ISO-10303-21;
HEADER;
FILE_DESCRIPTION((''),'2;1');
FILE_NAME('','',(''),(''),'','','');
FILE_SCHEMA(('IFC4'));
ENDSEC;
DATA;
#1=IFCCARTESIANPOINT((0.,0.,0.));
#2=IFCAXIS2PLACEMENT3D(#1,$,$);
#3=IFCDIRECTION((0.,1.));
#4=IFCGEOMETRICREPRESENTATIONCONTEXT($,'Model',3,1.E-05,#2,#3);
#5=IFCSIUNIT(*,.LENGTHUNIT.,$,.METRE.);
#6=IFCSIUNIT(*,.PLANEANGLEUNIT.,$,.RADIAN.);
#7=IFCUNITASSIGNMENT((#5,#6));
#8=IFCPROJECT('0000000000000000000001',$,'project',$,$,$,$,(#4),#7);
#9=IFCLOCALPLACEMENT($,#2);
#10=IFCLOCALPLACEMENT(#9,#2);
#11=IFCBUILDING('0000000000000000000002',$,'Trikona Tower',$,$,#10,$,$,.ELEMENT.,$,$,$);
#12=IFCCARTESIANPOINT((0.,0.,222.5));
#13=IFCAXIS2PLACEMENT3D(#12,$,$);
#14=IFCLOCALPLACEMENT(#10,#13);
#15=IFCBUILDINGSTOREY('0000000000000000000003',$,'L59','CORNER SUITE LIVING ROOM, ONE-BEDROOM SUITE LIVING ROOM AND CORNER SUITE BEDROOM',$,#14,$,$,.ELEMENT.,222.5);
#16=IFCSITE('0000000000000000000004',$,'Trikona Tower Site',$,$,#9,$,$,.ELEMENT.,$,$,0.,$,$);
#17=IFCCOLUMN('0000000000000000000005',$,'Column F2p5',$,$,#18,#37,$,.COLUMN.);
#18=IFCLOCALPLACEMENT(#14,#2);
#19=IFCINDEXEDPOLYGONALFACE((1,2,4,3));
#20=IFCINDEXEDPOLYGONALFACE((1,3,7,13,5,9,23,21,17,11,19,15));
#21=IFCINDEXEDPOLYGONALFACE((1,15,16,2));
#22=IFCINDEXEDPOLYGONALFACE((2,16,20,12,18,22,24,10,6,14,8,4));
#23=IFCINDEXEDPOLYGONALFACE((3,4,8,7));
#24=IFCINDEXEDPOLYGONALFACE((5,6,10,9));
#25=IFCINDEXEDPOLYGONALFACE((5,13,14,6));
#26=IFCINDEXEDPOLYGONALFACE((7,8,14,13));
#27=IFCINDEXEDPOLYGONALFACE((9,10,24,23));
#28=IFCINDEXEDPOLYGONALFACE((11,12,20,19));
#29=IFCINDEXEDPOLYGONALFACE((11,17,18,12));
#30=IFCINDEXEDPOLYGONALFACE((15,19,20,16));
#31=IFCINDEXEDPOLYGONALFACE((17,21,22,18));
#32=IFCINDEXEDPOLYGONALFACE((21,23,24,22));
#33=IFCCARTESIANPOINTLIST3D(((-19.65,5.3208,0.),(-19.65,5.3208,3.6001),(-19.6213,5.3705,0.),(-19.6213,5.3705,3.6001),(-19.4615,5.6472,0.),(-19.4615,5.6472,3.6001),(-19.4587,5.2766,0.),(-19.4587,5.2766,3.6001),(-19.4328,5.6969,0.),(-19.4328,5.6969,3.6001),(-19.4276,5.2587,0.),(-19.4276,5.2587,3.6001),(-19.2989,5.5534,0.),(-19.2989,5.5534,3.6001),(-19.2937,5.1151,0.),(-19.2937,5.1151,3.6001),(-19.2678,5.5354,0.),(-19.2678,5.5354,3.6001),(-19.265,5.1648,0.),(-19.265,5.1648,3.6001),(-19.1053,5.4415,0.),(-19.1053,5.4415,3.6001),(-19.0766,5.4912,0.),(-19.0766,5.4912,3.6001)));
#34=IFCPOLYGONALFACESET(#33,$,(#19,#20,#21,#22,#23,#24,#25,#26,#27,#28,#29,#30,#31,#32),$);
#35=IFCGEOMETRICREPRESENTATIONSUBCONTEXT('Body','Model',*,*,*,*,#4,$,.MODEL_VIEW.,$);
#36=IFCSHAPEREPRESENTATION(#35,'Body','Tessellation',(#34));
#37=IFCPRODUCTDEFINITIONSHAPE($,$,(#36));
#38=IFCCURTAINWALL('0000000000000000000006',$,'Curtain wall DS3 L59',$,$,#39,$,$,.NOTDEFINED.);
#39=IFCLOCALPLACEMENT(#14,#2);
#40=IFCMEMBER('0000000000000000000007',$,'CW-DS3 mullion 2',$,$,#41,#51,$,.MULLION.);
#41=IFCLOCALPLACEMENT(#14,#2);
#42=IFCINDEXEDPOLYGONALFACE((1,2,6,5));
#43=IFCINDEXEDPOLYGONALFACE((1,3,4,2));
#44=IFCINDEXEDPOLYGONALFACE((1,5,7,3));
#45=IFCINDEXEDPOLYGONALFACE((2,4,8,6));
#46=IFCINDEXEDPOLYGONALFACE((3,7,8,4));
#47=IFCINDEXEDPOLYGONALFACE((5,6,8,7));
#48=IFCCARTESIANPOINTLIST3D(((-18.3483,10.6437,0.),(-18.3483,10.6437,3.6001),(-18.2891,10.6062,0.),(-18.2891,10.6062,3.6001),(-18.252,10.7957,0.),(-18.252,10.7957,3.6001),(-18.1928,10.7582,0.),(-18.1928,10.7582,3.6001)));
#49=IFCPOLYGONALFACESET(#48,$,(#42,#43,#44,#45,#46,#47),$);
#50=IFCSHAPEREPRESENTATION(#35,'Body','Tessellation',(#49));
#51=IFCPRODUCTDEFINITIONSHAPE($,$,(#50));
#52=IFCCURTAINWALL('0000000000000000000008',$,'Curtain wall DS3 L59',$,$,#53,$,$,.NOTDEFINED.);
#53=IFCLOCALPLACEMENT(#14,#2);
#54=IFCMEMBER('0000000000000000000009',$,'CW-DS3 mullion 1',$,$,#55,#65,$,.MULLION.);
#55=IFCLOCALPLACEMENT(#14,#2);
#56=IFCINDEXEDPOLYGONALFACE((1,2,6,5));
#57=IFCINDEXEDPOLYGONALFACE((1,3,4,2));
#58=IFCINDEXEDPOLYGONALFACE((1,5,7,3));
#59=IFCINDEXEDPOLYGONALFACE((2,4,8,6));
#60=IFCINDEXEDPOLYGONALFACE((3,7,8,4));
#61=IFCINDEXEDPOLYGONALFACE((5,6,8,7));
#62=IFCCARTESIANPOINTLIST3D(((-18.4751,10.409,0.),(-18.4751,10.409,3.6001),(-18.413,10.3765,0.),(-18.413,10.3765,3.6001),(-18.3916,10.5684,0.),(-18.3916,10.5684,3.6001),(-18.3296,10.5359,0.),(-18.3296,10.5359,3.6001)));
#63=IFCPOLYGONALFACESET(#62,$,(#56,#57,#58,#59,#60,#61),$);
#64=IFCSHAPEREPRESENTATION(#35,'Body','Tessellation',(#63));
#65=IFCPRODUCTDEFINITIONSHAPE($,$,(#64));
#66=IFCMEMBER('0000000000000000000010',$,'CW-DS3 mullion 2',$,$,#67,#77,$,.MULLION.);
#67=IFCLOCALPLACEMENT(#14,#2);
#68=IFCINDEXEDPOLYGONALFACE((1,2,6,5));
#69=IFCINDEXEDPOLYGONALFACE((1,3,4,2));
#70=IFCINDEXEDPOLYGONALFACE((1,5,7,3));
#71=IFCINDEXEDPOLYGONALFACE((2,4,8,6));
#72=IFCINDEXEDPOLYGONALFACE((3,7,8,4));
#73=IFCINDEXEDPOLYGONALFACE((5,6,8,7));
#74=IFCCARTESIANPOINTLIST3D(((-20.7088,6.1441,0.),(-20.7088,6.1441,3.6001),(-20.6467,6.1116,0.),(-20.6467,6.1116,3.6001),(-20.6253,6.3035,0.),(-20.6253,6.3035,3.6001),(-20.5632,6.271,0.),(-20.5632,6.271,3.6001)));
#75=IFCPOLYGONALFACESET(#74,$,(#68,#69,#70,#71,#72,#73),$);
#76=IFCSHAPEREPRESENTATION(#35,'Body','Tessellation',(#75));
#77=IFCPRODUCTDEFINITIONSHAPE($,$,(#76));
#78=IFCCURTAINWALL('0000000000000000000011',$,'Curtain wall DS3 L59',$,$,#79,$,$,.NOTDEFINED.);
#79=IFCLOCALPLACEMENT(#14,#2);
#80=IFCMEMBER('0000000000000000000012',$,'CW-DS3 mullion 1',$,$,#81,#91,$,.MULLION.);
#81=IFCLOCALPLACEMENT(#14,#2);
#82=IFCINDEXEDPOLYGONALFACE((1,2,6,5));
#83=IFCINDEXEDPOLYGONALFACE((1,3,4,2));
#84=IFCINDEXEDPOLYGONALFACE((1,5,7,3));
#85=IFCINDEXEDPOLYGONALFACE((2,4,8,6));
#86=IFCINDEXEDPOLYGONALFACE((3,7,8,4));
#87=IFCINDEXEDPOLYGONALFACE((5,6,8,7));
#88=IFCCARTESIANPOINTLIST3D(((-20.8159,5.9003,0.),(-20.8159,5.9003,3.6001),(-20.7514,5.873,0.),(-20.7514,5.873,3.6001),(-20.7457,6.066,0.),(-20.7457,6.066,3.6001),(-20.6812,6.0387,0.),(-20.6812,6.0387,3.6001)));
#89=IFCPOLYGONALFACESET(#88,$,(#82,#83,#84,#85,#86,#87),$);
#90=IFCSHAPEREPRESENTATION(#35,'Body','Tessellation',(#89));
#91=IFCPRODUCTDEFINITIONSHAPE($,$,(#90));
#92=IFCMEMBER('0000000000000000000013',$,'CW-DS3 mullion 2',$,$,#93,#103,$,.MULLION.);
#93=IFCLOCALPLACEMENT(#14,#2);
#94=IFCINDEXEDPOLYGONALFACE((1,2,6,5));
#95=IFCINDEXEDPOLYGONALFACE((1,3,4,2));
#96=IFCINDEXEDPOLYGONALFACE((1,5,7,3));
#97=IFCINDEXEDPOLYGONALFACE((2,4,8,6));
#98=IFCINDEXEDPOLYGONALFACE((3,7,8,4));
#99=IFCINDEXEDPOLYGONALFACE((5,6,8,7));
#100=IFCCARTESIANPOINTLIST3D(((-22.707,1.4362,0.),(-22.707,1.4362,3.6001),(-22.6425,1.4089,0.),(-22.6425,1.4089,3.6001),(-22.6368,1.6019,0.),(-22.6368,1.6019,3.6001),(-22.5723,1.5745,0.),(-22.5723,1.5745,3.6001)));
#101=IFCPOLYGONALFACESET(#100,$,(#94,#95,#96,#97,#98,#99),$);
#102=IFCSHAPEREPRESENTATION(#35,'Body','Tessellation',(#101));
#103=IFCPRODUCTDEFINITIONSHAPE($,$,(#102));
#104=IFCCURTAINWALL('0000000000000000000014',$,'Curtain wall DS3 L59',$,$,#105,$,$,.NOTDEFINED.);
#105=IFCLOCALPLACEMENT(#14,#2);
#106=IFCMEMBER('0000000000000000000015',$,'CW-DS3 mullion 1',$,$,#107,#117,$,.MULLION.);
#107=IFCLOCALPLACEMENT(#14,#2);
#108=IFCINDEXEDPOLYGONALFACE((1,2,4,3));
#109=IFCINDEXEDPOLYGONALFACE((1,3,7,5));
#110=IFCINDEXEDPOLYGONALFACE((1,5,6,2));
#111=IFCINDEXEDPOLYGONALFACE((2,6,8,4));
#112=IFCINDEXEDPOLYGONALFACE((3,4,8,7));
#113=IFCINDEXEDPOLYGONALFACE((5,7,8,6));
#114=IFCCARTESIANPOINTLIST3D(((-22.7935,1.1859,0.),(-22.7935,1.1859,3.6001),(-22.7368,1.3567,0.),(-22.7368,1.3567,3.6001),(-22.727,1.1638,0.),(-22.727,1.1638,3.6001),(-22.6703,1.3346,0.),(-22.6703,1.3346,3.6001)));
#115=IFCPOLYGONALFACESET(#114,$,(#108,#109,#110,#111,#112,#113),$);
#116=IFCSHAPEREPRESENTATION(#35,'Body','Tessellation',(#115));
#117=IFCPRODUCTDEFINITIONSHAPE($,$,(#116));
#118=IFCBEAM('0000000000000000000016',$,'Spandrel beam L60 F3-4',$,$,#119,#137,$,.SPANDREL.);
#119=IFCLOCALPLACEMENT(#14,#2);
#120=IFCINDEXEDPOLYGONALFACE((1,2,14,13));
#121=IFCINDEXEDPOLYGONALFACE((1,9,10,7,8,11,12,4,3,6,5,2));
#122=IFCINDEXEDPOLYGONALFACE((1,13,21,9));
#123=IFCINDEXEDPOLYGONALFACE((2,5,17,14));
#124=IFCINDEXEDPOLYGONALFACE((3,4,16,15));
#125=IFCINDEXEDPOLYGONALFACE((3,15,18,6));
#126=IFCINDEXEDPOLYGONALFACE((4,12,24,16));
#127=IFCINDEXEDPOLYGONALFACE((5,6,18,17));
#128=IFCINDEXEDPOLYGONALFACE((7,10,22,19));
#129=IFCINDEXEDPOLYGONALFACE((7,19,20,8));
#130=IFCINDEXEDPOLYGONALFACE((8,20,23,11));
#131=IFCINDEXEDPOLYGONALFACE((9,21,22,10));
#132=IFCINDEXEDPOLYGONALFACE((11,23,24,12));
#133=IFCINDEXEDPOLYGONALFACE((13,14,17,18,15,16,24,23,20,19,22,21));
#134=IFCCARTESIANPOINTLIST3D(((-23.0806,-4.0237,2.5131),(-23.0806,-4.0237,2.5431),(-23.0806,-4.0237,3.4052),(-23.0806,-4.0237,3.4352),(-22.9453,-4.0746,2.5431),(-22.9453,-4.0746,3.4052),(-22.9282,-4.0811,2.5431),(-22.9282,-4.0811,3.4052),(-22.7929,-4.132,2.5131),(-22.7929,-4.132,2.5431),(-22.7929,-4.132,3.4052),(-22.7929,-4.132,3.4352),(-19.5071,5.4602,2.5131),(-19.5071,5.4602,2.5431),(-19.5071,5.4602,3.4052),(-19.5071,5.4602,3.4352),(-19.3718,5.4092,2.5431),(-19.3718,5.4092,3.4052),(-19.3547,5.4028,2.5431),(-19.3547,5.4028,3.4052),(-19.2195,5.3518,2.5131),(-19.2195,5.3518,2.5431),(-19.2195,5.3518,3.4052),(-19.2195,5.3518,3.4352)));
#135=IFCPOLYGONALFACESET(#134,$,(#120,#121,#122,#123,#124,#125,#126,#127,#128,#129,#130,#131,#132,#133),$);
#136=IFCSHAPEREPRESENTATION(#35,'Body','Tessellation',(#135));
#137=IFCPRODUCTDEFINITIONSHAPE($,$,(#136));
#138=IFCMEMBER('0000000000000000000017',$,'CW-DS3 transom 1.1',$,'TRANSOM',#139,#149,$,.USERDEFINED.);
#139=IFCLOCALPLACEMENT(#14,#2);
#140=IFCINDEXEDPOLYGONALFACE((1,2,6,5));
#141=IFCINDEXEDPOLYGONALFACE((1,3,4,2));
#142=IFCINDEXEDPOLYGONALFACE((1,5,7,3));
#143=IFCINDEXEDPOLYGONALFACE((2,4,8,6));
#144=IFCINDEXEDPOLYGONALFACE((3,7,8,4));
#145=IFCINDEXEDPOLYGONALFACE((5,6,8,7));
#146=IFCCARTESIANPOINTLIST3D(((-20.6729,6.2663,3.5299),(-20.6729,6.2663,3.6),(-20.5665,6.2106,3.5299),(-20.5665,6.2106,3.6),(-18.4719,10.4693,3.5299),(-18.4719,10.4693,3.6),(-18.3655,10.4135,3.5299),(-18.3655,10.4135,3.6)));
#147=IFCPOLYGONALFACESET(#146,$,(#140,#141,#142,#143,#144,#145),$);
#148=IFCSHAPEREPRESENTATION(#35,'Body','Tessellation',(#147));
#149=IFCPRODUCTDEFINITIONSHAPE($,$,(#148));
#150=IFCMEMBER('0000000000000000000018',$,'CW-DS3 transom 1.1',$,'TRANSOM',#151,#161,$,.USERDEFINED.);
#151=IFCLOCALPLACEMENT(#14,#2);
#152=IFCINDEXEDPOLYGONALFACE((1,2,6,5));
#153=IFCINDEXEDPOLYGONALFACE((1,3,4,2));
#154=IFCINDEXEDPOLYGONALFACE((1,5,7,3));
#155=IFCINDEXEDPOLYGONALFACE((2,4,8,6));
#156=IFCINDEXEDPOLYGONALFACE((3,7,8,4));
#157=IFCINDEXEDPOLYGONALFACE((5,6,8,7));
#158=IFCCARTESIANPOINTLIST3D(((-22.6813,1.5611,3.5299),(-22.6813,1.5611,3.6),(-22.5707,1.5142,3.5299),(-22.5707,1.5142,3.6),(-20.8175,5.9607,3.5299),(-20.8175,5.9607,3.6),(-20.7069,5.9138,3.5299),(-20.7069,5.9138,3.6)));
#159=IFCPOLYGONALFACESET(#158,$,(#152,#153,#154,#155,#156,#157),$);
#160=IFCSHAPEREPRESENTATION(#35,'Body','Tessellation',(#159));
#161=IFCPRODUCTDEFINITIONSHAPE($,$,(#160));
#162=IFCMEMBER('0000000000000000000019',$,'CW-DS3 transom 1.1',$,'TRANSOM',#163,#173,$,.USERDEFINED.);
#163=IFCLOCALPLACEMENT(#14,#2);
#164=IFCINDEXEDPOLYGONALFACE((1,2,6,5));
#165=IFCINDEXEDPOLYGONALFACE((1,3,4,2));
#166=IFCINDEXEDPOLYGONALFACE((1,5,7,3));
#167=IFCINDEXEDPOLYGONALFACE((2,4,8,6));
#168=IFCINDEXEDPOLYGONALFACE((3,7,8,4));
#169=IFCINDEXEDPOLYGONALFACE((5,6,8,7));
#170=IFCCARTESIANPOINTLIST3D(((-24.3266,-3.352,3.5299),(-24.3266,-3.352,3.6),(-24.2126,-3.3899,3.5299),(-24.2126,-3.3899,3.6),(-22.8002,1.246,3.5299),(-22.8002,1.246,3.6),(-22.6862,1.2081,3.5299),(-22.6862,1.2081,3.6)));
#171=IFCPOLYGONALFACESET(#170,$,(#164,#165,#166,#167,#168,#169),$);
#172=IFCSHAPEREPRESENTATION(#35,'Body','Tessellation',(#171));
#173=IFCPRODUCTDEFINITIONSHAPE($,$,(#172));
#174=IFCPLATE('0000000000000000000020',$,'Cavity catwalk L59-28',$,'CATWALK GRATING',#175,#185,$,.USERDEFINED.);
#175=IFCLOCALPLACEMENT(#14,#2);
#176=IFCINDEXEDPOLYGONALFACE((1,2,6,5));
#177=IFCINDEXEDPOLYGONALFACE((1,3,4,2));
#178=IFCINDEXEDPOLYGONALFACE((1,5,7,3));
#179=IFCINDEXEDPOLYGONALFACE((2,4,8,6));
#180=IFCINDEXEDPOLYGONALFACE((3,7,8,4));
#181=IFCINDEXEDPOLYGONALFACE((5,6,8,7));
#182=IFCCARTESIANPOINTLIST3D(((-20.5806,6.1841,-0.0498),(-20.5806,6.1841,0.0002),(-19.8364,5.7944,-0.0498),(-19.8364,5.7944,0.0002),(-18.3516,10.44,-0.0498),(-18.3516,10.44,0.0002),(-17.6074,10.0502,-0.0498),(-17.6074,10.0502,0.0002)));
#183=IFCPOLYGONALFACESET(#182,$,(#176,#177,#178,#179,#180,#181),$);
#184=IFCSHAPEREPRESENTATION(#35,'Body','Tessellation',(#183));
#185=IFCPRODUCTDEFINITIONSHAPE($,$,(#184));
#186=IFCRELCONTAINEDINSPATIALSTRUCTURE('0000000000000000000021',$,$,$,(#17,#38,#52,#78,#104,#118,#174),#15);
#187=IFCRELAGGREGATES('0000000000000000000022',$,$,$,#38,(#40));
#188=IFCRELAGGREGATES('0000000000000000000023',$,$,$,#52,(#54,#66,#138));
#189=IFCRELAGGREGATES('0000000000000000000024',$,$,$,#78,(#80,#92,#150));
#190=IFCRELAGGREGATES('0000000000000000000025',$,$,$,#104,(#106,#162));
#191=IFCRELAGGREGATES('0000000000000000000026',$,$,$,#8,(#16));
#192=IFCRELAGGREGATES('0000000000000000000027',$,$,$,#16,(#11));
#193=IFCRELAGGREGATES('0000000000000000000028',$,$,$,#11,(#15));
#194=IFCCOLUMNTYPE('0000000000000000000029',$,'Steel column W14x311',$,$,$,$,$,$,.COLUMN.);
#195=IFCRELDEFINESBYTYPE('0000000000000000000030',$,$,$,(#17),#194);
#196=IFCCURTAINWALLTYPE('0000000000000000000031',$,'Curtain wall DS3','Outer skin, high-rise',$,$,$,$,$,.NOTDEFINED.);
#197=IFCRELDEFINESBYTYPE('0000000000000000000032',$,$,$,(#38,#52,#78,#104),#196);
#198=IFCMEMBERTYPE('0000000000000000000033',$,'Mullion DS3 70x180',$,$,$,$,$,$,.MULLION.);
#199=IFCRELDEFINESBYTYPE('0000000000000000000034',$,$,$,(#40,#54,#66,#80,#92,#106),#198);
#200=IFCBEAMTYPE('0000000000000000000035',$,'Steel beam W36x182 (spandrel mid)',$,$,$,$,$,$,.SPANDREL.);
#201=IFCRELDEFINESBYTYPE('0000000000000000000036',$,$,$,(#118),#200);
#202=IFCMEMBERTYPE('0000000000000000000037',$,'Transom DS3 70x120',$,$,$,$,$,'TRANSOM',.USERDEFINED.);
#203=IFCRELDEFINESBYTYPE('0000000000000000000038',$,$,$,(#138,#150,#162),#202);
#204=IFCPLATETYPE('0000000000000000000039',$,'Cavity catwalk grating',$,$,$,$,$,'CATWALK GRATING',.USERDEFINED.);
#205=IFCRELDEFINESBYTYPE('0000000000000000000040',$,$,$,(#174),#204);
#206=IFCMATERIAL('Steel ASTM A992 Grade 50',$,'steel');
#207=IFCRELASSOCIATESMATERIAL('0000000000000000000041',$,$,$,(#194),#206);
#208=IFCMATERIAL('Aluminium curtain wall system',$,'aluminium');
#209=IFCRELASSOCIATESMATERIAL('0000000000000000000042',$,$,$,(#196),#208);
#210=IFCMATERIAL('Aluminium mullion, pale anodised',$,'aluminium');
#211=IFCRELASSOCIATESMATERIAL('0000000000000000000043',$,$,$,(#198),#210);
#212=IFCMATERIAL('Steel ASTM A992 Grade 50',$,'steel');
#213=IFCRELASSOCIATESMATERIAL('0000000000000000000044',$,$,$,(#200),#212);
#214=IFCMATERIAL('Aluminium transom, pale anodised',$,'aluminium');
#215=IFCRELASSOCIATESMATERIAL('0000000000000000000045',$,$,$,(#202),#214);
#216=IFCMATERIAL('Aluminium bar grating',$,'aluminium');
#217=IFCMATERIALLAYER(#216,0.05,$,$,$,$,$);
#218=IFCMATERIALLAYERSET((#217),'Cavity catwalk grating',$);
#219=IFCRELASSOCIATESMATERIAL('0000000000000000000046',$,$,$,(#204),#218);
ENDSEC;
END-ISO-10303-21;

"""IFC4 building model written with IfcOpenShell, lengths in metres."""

from ifc_helpers import new_model, si_unit, direction, frame, origin, origin_2d, place, context, subcontext, project, spatial, rectangle, i_section, extrude, material, layer, layer_set, material_profile, profile_set, type_object, element, aggregate, save


model = new_model("IFC4")

# Units and contexts
model_context = context("Model", 3, precision=1e-05, world=origin(), true_north=direction((0.0, 1.0)))
body_context = subcontext(model_context, "Body", "Model", "MODEL_VIEW")
ifc_project = project(units=[si_unit("LENGTHUNIT", "METRE"), si_unit("PLANEANGLEUNIT", "RADIAN")], contexts=[model_context])

# Site, building, storey
site_placement = place(None, origin())
site = spatial("IfcSite", under=ifc_project, at=site_placement, Name="Trikona Tower Site", CompositionType="ELEMENT", RefElevation=0.0)
building_placement = place(site_placement, origin())
building = spatial("IfcBuilding", under=site, at=building_placement, Name="Trikona Tower", CompositionType="ELEMENT")
storey_placement = place(building_placement, frame((0.0, 0.0, 222.5)))
storey = spatial("IfcBuildingStorey", under=building, at=storey_placement, Name="L59", Description="CORNER SUITE LIVING ROOM, ONE-BEDROOM SUITE LIVING ROOM AND CORNER SUITE BEDROOM", CompositionType="ELEMENT", Elevation=222.5)

# Column
ifc_material_1 = material(Name="Steel ASTM A992 Grade 50", Category="steel")
ifc_material_profile_1 = material_profile(ifc_material_1, i_section(OverallWidth=0.4114, OverallDepth=0.4343, WebThickness=0.0359, FlangeThickness=0.0574, at=origin_2d()), Name="W14X311")
ifc_profile_set_1 = profile_set([ifc_material_profile_1], Name="Steel ASTM A992 Grade 50")
column_type = type_object("IfcColumnType", Name="Steel column W14x311", PredefinedType="COLUMN", material=ifc_profile_set_1)
column_placement = place(storey_placement, frame((-19.3633, 5.406, 0.0), z_axis=(0.0, 0.0, 1.0), x_axis=(-0.866025, 0.5, 0.0)))
element("IfcColumn", 1, at=column_placement, inside=storey, type_object=column_type, Name="Column F2p5", PredefinedType="COLUMN", context=body_context, shape_type="SweptSolid", body=[
    extrude(i_section(OverallWidth=0.4114, OverallDepth=0.4343, WebThickness=0.0359, FlangeThickness=0.0574, at=origin_2d()), origin(), (0.0, 0.0, 1.0), 3.6001),
])

# Curtain wall, member
ifc_material_2 = material(Name="Aluminium curtain wall system", Category="aluminium")
curtain_wall_type = type_object("IfcCurtainWallType", Name="Curtain wall DS3", Description="Outer skin, high-rise", PredefinedType="NOTDEFINED", material=ifc_material_2)
curtain_wall_1_placement = place(storey_placement, origin())
curtain_wall_1 = element("IfcCurtainWall", 2, at=curtain_wall_1_placement, inside=storey, type_object=curtain_wall_type, Name="Curtain wall DS3 L59", PredefinedType="NOTDEFINED")
ifc_material_3 = material(Name="Aluminium mullion, pale anodised", Category="aluminium")
ifc_material_profile_2 = material_profile(ifc_material_3, rectangle(XDim=0.0701, YDim=0.1799, at=origin_2d()), Name="MUL-DS3")
ifc_profile_set_2 = profile_set([ifc_material_profile_2], Name="Aluminium mullion, pale anodised")
member_type_1 = type_object("IfcMemberType", Name="Mullion DS3 70x180", PredefinedType="MULLION", material=ifc_profile_set_2)
member_1_placement = place(storey_placement, frame((-18.2705, 10.7009, 0.0), z_axis=(0.0, 0.0, 1.0), x_axis=(0.844727, -0.535197, 0.0)))
member_1 = element("IfcMember", 3, at=member_1_placement, type_object=member_type_1, Name="CW-DS3 mullion 2", PredefinedType="MULLION", context=body_context, shape_type="SweptSolid", body=[
    extrude(rectangle(XDim=0.0701, YDim=0.1799, at=origin_2d()), origin(), (0.0, 0.0, 1.0), 3.6001),
])
aggregate(curtain_wall_1, [member_1])

# Curtain walls, members
curtain_wall_2_placement = place(storey_placement, origin())
curtain_wall_2 = element("IfcCurtainWall", 4, at=curtain_wall_2_placement, inside=storey, type_object=curtain_wall_type, Name="Curtain wall DS3 L59", PredefinedType="NOTDEFINED")
member_2_placement = place(storey_placement, frame((-18.4023, 10.4724, 0.0), z_axis=(0.0, 0.0, 1.0), x_axis=(0.885862, -0.463948, 0.0)))
member_2 = element("IfcMember", 5, at=member_2_placement, type_object=member_type_1, Name="CW-DS3 mullion 1", PredefinedType="MULLION", context=body_context, shape_type="SweptSolid", body=[
    extrude(rectangle(XDim=0.0701, YDim=0.1799, at=origin_2d()), origin(), (0.0, 0.0, 1.0), 3.6001),
])
member_3_placement = place(storey_placement, frame((-20.636, 6.2075, 0.0), z_axis=(0.0, 0.0, 1.0), x_axis=(0.885862, -0.463948, 0.0)))
member_3 = element("IfcMember", 6, at=member_3_placement, type_object=member_type_1, Name="CW-DS3 mullion 2", PredefinedType="MULLION", context=body_context, shape_type="SweptSolid", body=[
    extrude(rectangle(XDim=0.0701, YDim=0.1799, at=origin_2d()), origin(), (0.0, 0.0, 1.0), 3.6001),
])
curtain_wall_3_placement = place(storey_placement, origin())
curtain_wall_3 = element("IfcCurtainWall", 7, at=curtain_wall_3_placement, inside=storey, type_object=curtain_wall_type, Name="Curtain wall DS3 L59", PredefinedType="NOTDEFINED")
member_4_placement = place(storey_placement, frame((-20.7485, 5.9695, 0.0), z_axis=(0.0, 0.0, 1.0), x_axis=(0.920792, -0.390053, 0.0)))
member_4 = element("IfcMember", 8, at=member_4_placement, type_object=member_type_1, Name="CW-DS3 mullion 1", PredefinedType="MULLION", context=body_context, shape_type="SweptSolid", body=[
    extrude(rectangle(XDim=0.0701, YDim=0.1799, at=origin_2d()), origin(), (0.0, 0.0, 1.0), 3.6001),
])
member_5_placement = place(storey_placement, frame((-22.6396, 1.5054, 0.0), z_axis=(0.0, 0.0, 1.0), x_axis=(0.920792, -0.390053, 0.0)))
member_5 = element("IfcMember", 9, at=member_5_placement, type_object=member_type_1, Name="CW-DS3 mullion 2", PredefinedType="MULLION", context=body_context, shape_type="SweptSolid", body=[
    extrude(rectangle(XDim=0.0701, YDim=0.1799, at=origin_2d()), origin(), (0.0, 0.0, 1.0), 3.6001),
])

# Curtain wall, member
curtain_wall_4_placement = place(storey_placement, origin())
curtain_wall_4 = element("IfcCurtainWall", 10, at=curtain_wall_4_placement, inside=storey, type_object=curtain_wall_type, Name="Curtain wall DS3 L59", PredefinedType="NOTDEFINED")
member_6_placement = place(storey_placement, frame((-22.7319, 1.2603, 0.0), z_axis=(0.0, 0.0, 1.0), x_axis=(0.949066, -0.315078, 0.0)))
member_6 = element("IfcMember", 11, at=member_6_placement, type_object=member_type_1, Name="CW-DS3 mullion 1", PredefinedType="MULLION", context=body_context, shape_type="SweptSolid", body=[
    extrude(rectangle(XDim=0.0701, YDim=0.1799, at=origin_2d()), origin(), (0.0, 0.0, 1.0), 3.6001),
])

# Beam
ifc_material_4 = material(Name="Steel ASTM A992 Grade 50", Category="steel")
ifc_material_profile_3 = material_profile(ifc_material_4, i_section(OverallWidth=0.3074, OverallDepth=0.9221, WebThickness=0.0183, FlangeThickness=0.03, at=origin_2d()), Name="W36X182")
ifc_profile_set_3 = profile_set([ifc_material_profile_3], Name="Steel ASTM A992 Grade 50")
beam_type = type_object("IfcBeamType", Name="Steel beam W36x182 (spandrel mid)", PredefinedType="SPANDREL", material=ifc_profile_set_3)
beam_placement = place(storey_placement, frame((-19.3633, 5.406, 2.9741), z_axis=(-0.352596, -0.935776, 0.0), x_axis=(0.935776, -0.352596, 0.0)))
element("IfcBeam", 12, at=beam_placement, inside=storey, type_object=beam_type, Name="Spandrel beam L60 F3-4", PredefinedType="SPANDREL", context=body_context, shape_type="SweptSolid", body=[
    extrude(i_section(OverallWidth=0.3074, OverallDepth=0.9221, WebThickness=0.0183, FlangeThickness=0.03, at=origin_2d()), origin(), (0.0, 0.0, 1.0), 10.1348),
])

# Members
ifc_material_5 = material(Name="Aluminium transom, pale anodised", Category="aluminium")
ifc_material_profile_4 = material_profile(ifc_material_5, rectangle(XDim=0.1201, YDim=0.0701, at=origin_2d()), Name="TRN-DS3")
ifc_profile_set_4 = profile_set([ifc_material_profile_4], Name="Aluminium transom, pale anodised")
member_type_2 = type_object("IfcMemberType", Name="Transom DS3 70x120", ElementType="TRANSOM", PredefinedType="USERDEFINED", material=ifc_profile_set_4)
member_7_placement = place(storey_placement, frame((-18.4187, 10.4414, 3.5649), z_axis=(-0.463911, -0.885882, 0.0), x_axis=(0.885882, -0.463911, 0.0)))
member_7 = element("IfcMember", 13, at=member_7_placement, type_object=member_type_2, Name="CW-DS3 transom 1.1", ObjectType="TRANSOM", PredefinedType="USERDEFINED", context=body_context, shape_type="SweptSolid", body=[
    extrude(rectangle(XDim=0.1201, YDim=0.0701, at=origin_2d()), origin(), (0.0, 0.0, 1.0), 4.7444),
])
member_8_placement = place(storey_placement, frame((-20.7622, 5.9373, 3.5649), z_axis=(-0.390062, -0.920789, 0.0), x_axis=(0.920789, -0.390062, 0.0)))
member_8 = element("IfcMember", 14, at=member_8_placement, type_object=member_type_2, Name="CW-DS3 transom 1.1", ObjectType="TRANSOM", PredefinedType="USERDEFINED", context=body_context, shape_type="SweptSolid", body=[
    extrude(rectangle(XDim=0.1201, YDim=0.0701, at=origin_2d()), origin(), (0.0, 0.0, 1.0), 4.7781),
])
member_9_placement = place(storey_placement, frame((-22.7432, 1.2271, 3.5649), z_axis=(-0.315063, -0.949071, 0.0), x_axis=(0.949071, -0.315063, 0.0)))
member_9 = element("IfcMember", 15, at=member_9_placement, type_object=member_type_2, Name="CW-DS3 transom 1.1", ObjectType="TRANSOM", PredefinedType="USERDEFINED", context=body_context, shape_type="SweptSolid", body=[
    extrude(rectangle(XDim=0.1201, YDim=0.0701, at=origin_2d()), origin(), (0.0, 0.0, 1.0), 4.8447),
])

# Plate
ifc_material_6 = material(Name="Aluminium bar grating", Category="aluminium")
ifc_layer_1 = layer(ifc_material_6, 0.05)
ifc_layer_set_1 = layer_set([ifc_layer_1], Name="Cavity catwalk grating")
plate_type_1 = type_object("IfcPlateType", Name="Cavity catwalk grating", ElementType="CATWALK GRATING", PredefinedType="USERDEFINED", material=ifc_layer_set_1)
plate_1_placement = place(storey_placement, frame((-19.094, 8.1172, -0.0498), z_axis=(0.0, 0.0, 1.0), x_axis=(-0.463952, -0.88586, 0.0)))
element("IfcPlate", 16, at=plate_1_placement, inside=storey, type_object=plate_type_1, Name="Cavity catwalk L59-28", ObjectType="CATWALK GRATING", PredefinedType="USERDEFINED", context=body_context, shape_type="SweptSolid", body=[
    extrude(rectangle(XDim=4.8042, YDim=0.8401, at=origin_2d()), origin(), (0.0, 0.0, 1.0), 0.05),
])

aggregate(curtain_wall_2, [member_2, member_3, member_7])
aggregate(curtain_wall_3, [member_4, member_5, member_8])
aggregate(curtain_wall_4, [member_6, member_9])

save(model, "model.ifc")
